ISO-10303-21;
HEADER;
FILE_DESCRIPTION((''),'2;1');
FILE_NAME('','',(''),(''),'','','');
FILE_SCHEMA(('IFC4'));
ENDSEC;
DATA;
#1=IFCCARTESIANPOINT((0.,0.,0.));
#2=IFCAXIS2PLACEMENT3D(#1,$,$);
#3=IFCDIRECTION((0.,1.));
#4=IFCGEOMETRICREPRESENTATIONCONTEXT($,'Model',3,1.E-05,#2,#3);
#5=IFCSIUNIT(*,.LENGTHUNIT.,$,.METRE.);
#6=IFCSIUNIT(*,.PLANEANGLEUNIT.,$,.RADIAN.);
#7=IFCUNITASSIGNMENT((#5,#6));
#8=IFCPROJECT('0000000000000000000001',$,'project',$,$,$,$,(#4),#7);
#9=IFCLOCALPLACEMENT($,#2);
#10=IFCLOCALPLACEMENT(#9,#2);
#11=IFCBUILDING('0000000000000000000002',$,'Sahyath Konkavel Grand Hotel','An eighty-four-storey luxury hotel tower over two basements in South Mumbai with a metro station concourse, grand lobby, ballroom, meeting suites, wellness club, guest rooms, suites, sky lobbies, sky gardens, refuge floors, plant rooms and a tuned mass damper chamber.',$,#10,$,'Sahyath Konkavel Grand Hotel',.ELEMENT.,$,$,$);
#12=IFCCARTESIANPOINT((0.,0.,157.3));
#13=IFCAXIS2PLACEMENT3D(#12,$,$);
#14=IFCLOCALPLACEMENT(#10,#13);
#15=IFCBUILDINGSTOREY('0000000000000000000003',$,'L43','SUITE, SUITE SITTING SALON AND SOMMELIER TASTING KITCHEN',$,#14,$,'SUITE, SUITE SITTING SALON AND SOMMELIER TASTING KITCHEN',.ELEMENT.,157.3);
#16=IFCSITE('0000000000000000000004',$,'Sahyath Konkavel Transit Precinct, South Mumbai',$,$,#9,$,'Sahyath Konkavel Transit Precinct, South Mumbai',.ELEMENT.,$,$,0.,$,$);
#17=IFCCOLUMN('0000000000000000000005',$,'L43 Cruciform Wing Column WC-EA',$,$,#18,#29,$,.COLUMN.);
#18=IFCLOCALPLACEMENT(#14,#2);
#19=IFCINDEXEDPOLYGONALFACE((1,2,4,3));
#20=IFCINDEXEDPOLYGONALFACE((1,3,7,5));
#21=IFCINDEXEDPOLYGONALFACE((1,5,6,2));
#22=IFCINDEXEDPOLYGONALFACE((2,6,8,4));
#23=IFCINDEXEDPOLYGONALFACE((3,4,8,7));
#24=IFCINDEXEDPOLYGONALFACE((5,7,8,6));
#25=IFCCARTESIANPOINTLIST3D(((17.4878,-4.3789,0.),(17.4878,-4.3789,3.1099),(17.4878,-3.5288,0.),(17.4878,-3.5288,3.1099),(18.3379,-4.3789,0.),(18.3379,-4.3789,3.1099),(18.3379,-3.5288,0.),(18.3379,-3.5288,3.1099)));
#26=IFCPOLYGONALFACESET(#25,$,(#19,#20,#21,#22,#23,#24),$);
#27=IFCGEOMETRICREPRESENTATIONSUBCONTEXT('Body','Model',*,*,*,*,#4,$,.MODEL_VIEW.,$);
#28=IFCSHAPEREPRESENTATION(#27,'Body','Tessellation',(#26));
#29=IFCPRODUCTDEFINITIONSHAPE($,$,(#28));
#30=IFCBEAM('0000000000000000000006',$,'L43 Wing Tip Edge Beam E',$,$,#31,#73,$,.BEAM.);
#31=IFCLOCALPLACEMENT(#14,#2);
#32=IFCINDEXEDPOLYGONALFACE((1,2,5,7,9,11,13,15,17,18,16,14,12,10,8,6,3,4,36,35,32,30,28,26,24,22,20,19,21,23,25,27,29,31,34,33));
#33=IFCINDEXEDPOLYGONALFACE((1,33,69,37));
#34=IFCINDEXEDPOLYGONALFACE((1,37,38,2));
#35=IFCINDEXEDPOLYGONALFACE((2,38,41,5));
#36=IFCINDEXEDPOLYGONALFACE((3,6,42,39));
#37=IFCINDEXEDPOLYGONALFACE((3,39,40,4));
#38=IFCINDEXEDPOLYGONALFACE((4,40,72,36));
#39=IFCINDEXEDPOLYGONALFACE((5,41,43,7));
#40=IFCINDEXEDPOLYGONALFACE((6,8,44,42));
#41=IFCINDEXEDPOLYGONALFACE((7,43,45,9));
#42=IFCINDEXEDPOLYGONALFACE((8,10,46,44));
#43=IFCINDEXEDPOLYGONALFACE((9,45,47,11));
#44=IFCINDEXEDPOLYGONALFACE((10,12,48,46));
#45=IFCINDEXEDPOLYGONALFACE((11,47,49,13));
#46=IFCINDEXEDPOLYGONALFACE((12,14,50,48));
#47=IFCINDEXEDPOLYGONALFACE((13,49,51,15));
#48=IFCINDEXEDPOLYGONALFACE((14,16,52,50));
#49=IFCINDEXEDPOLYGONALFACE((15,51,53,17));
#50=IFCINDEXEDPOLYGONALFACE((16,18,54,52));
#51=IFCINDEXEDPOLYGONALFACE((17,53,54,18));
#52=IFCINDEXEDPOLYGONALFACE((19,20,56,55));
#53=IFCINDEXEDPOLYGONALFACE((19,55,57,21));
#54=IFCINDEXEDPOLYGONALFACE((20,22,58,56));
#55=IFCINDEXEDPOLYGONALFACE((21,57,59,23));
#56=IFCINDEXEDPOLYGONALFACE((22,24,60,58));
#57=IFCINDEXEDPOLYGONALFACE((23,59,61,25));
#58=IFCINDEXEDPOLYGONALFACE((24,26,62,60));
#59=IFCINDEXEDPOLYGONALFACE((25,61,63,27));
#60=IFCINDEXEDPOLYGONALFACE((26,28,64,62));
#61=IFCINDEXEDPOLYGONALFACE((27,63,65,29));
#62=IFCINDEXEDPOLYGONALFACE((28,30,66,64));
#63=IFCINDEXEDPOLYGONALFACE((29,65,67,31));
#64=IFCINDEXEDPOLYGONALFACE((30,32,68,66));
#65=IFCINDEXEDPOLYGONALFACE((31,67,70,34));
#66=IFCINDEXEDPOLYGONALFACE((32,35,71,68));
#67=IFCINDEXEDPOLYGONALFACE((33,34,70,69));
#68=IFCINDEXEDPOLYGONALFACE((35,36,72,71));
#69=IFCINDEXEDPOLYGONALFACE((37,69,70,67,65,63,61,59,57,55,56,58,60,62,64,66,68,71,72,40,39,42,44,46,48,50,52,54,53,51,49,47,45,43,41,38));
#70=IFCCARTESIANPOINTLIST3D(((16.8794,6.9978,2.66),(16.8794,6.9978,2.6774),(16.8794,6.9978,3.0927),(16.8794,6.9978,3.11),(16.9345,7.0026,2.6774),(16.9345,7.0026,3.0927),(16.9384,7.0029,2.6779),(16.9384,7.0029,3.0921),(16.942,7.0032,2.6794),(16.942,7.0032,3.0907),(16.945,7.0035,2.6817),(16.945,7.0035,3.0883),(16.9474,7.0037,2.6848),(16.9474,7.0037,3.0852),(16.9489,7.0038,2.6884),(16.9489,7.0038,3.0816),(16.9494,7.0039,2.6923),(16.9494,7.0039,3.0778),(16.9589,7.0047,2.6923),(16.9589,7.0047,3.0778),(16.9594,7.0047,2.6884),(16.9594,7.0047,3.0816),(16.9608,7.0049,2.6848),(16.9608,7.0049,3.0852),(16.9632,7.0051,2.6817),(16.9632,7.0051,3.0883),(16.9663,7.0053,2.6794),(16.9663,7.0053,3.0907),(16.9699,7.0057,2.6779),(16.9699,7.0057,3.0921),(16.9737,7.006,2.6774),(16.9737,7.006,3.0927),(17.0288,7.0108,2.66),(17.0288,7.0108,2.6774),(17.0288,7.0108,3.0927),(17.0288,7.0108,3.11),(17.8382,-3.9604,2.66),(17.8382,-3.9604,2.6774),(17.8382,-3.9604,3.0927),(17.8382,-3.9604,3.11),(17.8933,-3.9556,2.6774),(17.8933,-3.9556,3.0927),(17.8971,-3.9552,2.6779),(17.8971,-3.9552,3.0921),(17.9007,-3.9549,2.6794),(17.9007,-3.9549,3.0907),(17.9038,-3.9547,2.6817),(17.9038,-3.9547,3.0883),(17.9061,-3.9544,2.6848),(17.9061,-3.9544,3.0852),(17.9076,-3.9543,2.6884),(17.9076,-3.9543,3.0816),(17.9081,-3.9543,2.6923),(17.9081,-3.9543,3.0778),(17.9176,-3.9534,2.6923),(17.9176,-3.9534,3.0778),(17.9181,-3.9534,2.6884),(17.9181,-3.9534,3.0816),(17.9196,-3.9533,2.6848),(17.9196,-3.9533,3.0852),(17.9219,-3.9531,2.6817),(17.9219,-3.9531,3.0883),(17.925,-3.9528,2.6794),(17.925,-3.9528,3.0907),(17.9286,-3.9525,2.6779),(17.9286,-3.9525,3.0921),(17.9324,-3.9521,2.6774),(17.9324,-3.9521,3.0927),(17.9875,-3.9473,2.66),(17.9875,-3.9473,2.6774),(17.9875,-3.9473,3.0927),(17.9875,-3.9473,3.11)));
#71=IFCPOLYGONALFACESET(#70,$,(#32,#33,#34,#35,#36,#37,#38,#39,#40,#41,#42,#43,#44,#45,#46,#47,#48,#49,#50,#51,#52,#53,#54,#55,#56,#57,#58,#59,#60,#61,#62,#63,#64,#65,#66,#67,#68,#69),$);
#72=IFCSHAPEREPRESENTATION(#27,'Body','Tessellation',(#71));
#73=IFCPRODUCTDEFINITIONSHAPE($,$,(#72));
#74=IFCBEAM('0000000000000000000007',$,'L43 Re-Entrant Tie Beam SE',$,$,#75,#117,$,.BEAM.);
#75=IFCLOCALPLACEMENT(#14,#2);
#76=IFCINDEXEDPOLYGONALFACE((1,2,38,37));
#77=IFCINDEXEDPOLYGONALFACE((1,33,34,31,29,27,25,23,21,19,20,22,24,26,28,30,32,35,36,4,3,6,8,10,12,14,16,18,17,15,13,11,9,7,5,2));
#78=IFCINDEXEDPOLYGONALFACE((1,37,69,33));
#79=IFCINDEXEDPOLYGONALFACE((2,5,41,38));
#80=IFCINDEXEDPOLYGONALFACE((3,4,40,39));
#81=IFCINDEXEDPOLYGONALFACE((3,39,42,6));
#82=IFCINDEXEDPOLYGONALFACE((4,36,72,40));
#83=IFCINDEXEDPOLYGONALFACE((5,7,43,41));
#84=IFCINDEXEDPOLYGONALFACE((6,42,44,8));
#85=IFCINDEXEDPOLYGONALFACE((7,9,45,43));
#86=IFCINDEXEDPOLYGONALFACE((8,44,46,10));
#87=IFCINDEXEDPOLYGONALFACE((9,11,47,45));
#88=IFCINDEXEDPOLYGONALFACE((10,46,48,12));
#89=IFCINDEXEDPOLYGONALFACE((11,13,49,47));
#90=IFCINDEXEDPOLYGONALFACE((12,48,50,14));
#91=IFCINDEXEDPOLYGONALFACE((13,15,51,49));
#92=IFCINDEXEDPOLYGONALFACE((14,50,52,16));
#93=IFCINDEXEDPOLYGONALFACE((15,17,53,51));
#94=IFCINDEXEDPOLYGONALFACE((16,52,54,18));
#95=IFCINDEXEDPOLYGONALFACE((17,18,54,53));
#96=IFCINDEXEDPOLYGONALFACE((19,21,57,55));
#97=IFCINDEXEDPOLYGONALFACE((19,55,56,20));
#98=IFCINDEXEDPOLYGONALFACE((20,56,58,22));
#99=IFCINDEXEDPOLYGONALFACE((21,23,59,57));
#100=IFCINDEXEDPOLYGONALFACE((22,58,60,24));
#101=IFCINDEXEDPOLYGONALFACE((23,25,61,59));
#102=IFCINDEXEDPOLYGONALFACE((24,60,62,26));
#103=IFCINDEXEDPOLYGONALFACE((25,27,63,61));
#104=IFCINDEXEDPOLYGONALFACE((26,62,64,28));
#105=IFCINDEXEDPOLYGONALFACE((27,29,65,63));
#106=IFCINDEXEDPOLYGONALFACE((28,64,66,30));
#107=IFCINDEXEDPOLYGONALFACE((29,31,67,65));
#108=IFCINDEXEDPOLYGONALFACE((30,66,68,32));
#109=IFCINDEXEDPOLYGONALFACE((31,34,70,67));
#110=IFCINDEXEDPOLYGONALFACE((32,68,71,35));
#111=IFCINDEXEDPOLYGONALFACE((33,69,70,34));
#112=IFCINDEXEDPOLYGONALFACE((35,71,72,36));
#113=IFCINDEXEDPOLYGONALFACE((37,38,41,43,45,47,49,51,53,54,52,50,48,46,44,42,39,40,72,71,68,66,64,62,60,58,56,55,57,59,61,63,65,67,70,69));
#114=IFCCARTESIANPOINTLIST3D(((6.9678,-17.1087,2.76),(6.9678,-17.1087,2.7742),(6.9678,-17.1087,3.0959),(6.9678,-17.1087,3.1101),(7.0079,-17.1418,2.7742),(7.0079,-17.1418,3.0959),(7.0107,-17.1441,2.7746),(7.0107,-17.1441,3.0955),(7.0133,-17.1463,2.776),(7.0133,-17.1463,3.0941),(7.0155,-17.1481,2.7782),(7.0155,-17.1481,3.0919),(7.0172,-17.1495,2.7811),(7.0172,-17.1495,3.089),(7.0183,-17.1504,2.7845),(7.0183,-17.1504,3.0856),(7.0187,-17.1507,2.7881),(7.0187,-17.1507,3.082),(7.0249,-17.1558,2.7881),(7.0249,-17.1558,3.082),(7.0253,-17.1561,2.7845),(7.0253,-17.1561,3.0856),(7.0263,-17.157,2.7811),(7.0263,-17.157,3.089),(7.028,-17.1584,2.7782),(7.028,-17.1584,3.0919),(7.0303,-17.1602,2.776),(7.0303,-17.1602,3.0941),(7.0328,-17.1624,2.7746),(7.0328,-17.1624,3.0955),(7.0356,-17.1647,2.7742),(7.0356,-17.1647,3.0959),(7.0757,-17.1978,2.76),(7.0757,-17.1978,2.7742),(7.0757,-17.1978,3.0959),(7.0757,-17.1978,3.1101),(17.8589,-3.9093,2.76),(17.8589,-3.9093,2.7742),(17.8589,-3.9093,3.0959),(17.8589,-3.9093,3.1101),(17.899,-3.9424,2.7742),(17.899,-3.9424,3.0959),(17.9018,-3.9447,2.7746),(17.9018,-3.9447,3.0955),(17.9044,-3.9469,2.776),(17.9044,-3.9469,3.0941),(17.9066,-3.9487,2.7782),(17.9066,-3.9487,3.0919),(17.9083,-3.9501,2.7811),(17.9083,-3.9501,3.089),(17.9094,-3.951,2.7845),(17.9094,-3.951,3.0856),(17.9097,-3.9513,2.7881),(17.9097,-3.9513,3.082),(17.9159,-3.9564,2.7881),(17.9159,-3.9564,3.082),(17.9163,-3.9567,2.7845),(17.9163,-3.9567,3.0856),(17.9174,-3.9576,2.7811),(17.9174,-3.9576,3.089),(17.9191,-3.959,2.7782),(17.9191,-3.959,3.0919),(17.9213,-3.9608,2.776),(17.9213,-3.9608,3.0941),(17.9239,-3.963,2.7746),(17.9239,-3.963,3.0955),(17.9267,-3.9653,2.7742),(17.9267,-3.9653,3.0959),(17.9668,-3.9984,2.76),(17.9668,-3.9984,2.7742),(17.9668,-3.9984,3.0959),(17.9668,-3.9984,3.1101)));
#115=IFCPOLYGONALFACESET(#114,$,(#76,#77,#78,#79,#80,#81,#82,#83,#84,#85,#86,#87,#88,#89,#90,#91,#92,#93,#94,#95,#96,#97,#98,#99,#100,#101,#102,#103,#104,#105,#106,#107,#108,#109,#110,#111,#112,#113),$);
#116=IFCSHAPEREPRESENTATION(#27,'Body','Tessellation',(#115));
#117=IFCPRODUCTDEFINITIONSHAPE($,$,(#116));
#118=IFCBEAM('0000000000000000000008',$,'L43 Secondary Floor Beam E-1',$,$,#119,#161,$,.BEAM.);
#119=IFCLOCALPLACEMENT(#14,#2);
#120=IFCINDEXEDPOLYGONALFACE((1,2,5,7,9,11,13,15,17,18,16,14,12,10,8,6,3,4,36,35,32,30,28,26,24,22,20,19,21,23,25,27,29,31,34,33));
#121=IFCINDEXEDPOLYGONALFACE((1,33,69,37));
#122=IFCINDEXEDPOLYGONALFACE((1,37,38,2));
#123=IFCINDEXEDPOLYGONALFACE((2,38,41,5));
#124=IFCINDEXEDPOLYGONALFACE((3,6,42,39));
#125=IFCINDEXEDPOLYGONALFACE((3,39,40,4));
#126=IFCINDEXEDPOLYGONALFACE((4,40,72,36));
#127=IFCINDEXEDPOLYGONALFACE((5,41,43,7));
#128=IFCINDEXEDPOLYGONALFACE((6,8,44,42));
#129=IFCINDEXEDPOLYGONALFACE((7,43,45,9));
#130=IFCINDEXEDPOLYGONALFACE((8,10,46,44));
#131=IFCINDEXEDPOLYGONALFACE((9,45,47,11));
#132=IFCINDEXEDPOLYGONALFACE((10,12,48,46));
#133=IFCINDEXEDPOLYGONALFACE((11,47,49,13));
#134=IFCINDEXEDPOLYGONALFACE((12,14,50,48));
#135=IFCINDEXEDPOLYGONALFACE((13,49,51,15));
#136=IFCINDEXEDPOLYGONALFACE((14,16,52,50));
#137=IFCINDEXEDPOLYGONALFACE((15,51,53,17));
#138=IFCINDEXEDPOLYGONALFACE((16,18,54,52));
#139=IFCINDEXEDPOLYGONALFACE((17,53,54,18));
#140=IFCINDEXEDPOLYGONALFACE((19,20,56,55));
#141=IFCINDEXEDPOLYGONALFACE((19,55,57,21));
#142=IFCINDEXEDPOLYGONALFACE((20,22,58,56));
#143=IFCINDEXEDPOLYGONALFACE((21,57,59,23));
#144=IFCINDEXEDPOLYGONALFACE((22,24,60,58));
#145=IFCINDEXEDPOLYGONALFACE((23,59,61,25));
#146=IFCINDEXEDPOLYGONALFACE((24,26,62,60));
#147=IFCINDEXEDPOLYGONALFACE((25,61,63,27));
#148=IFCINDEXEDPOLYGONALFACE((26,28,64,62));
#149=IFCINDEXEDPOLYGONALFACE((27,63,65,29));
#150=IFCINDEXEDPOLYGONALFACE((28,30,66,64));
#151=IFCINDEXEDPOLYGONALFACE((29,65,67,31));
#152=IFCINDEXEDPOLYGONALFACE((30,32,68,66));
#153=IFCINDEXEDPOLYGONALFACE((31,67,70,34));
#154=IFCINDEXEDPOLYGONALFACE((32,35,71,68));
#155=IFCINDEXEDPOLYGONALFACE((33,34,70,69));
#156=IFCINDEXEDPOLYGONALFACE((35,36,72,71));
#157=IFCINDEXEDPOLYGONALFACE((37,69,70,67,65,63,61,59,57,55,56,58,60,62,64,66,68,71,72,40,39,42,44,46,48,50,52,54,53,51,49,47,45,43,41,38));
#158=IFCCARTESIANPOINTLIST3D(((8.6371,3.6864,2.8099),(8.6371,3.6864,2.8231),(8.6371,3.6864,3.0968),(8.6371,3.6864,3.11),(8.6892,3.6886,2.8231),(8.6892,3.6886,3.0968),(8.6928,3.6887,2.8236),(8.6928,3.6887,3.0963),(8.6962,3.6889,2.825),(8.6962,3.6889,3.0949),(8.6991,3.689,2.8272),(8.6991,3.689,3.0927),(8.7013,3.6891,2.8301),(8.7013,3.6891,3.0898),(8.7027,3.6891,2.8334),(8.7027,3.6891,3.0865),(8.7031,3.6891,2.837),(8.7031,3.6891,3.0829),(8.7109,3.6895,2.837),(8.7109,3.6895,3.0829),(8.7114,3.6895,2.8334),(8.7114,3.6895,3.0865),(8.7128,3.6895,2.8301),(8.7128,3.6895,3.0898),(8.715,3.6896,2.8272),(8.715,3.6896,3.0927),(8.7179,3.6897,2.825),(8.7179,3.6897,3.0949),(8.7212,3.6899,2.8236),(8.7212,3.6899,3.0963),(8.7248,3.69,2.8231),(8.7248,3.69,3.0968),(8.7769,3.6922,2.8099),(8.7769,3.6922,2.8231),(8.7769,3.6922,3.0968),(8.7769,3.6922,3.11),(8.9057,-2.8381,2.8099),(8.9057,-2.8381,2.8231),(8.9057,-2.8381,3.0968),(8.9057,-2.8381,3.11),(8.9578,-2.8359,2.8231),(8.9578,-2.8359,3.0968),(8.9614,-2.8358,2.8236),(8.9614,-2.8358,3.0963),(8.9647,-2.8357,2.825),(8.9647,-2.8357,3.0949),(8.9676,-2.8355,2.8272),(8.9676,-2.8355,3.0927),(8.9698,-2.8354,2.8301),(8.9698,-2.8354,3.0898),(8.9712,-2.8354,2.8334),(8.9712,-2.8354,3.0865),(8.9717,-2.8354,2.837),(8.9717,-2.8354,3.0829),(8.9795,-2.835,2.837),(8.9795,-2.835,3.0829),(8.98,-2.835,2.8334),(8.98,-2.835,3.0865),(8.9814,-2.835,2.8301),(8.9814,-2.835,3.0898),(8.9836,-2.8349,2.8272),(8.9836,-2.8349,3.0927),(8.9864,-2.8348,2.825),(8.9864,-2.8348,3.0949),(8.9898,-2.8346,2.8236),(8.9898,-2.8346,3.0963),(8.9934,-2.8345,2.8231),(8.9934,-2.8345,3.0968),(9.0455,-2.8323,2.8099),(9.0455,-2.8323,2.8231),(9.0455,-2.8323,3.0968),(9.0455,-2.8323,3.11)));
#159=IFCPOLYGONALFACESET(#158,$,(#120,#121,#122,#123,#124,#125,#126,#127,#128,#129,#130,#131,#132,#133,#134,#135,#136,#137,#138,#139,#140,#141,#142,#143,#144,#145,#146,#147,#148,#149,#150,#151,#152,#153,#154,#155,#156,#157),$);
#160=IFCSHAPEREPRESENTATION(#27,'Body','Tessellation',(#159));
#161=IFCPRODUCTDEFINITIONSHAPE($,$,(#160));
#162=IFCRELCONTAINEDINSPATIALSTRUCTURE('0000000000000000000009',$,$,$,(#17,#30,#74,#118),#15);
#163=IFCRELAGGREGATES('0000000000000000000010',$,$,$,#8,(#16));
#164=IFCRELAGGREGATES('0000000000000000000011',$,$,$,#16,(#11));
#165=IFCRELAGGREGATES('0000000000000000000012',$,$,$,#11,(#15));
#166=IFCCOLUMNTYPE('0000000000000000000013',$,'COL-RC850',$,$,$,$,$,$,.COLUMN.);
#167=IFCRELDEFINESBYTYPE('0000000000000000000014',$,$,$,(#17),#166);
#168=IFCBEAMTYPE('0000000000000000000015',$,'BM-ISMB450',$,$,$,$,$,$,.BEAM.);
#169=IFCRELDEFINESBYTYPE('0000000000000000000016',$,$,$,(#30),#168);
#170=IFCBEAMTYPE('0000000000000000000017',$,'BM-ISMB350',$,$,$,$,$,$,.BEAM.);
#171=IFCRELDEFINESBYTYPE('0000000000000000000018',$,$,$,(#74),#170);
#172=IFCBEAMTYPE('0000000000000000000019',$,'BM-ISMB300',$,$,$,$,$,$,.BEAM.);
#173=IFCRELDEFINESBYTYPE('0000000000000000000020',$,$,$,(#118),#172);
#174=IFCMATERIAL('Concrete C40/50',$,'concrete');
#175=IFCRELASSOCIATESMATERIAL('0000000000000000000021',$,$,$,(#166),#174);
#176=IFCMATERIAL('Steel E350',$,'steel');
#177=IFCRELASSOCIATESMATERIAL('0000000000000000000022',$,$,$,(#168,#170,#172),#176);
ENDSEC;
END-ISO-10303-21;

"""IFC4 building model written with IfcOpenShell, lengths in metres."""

from ifc_helpers import new_model, si_unit, direction, frame, origin, origin_2d, place, context, subcontext, project, spatial, rectangle, i_section, extrude, source, transform, mapped, material, material_profile, profile_set, type_object, element, save


model = new_model("IFC4")

# Units and contexts
model_context = context("Model", 3, precision=1e-05, world=origin(), true_north=direction((0.0, 1.0)))
body_context = subcontext(model_context, "Body", "Model", "MODEL_VIEW")
ifc_project = project(units=[si_unit("LENGTHUNIT", "METRE"), si_unit("PLANEANGLEUNIT", "RADIAN")], contexts=[model_context])

# Site, building, storey
site_placement = place(None, origin())
site = spatial("IfcSite", under=ifc_project, at=site_placement, Name="Sahyath Konkavel Transit Precinct, South Mumbai", LongName="Sahyath Konkavel Transit Precinct, South Mumbai", CompositionType="ELEMENT", RefElevation=0.0)
building_placement = place(site_placement, origin())
building = spatial("IfcBuilding", under=site, at=building_placement, Name="Sahyath Konkavel Grand Hotel", Description="An eighty-four-storey luxury hotel tower over two basements in South Mumbai with a metro station concourse, grand lobby, ballroom, meeting suites, wellness club, guest rooms, suites, sky lobbies, sky gardens, refuge floors, plant rooms and a tuned mass damper chamber.", LongName="Sahyath Konkavel Grand Hotel", CompositionType="ELEMENT")
storey_placement = place(building_placement, frame((0.0, 0.0, 157.3)))
storey = spatial("IfcBuildingStorey", under=building, at=storey_placement, Name="L43", Description="SUITE, SUITE SITTING SALON AND SOMMELIER TASTING KITCHEN", LongName="SUITE, SUITE SITTING SALON AND SOMMELIER TASTING KITCHEN", CompositionType="ELEMENT", Elevation=157.3)

# Column
ifc_material_1 = material(Name="Concrete C40/50", Category="concrete")
ifc_material_profile_1 = material_profile(ifc_material_1, rectangle(XDim=0.8501, YDim=0.8501, at=origin_2d()), Name="RC 850x850")
ifc_profile_set_1 = profile_set([ifc_material_profile_1], Name="Concrete C40/50")
column_type = type_object("IfcColumnType", Name="COL-RC850", PredefinedType="COLUMN", material=ifc_profile_set_1)
shared_shape_1 = source(origin(), body_context, "Body", "SweptSolid", [
    extrude(rectangle(XDim=0.8501, YDim=0.8501, at=origin_2d()), origin(), (0.0, 0.0, 1.0), 3.1099),
])
column_placement = place(storey_placement, frame((17.9128, -3.9539, 0.0), z_axis=(0.0, 0.0, 1.0), x_axis=(1.0, 0.0, 0.0)))
element("IfcColumn", 1, at=column_placement, inside=storey, type_object=column_type, Name="L43 Cruciform Wing Column WC-EA", PredefinedType="COLUMN", context=body_context, shape_type="MappedRepresentation", body=[
    mapped(shared_shape_1, transform((0.0, 0.0, 0.0), scale=1.0)),
])

# Beams
ifc_material_2 = material(Name="Steel E350", Category="steel")
ifc_material_profile_2 = material_profile(ifc_material_2, i_section(OverallWidth=0.1499, OverallDepth=0.45, WebThickness=0.0095, FlangeThickness=0.0173, FilletRadius=0.0149, at=origin_2d()), Name="ISMB 450")
ifc_profile_set_2 = profile_set([ifc_material_profile_2], Name="Steel E350")
beam_type_1 = type_object("IfcBeamType", Name="BM-ISMB450", PredefinedType="BEAM", material=ifc_profile_set_2)
shared_shape_2 = source(origin(), body_context, "Body", "SweptSolid", [
    extrude(i_section(OverallWidth=0.1499, OverallDepth=0.45, WebThickness=0.0095, FlangeThickness=0.0173, FilletRadius=0.0149, at=origin_2d()), origin(), (0.0, 0.0, 1.0), 11.0),
])
beam_1_placement = place(storey_placement, frame((17.9128, -3.9539, 2.885), z_axis=(-0.087157, 0.996195, 0.0), x_axis=(-0.996195, -0.087157, 0.0)))
element("IfcBeam", 2, at=beam_1_placement, inside=storey, type_object=beam_type_1, Name="L43 Wing Tip Edge Beam E", PredefinedType="BEAM", context=body_context, shape_type="MappedRepresentation", body=[
    mapped(shared_shape_2, transform((0.0, 0.0, 0.0), scale=1.0)),
])
ifc_material_profile_3 = material_profile(ifc_material_2, i_section(OverallWidth=0.1399, OverallDepth=0.3501, WebThickness=0.0081, FlangeThickness=0.0142, FilletRadius=0.0139, at=origin_2d()), Name="ISMB 350")
ifc_profile_set_3 = profile_set([ifc_material_profile_3], Name="Steel E350")
beam_type_2 = type_object("IfcBeamType", Name="BM-ISMB350", PredefinedType="BEAM", material=ifc_profile_set_3)
shared_shape_3 = source(origin(), body_context, "Body", "SweptSolid", [
    extrude(i_section(OverallWidth=0.1399, OverallDepth=0.3501, WebThickness=0.0081, FlangeThickness=0.0142, FilletRadius=0.0139, at=origin_2d()), origin(), (0.0, 0.0, 1.0), 17.1125),
])
beam_2_placement = place(storey_placement, frame((17.9128, -3.9539, 2.9351), z_axis=(-0.636437, -0.771329, 0.0), x_axis=(0.771329, -0.636437, 0.0)))
element("IfcBeam", 3, at=beam_2_placement, inside=storey, type_object=beam_type_2, Name="L43 Re-Entrant Tie Beam SE", PredefinedType="BEAM", context=body_context, shape_type="MappedRepresentation", body=[
    mapped(shared_shape_3, transform((0.0, 0.0, 0.0), scale=1.0)),
])
ifc_material_profile_4 = material_profile(ifc_material_2, i_section(OverallWidth=0.1399, OverallDepth=0.3, WebThickness=0.0078, FlangeThickness=0.0132, FilletRadius=0.0139, at=origin_2d()), Name="ISMB 300")
ifc_profile_set_4 = profile_set([ifc_material_profile_4], Name="Steel E350")
beam_type_3 = type_object("IfcBeamType", Name="BM-ISMB300", PredefinedType="BEAM", material=ifc_profile_set_4)
shared_shape_4 = source(origin(), body_context, "Body", "SweptSolid", [
    extrude(i_section(OverallWidth=0.1399, OverallDepth=0.3, WebThickness=0.0078, FlangeThickness=0.0132, FilletRadius=0.0139, at=origin_2d()), origin(), (0.0, 0.0, 1.0), 6.53),
])
beam_3_placement = place(storey_placement, frame((8.9756, -2.8352, 2.96), z_axis=(-0.041127, 0.999154, 0.0), x_axis=(-0.999154, -0.041127, 0.0)))
element("IfcBeam", 4, at=beam_3_placement, inside=storey, type_object=beam_type_3, Name="L43 Secondary Floor Beam E-1", PredefinedType="BEAM", context=body_context, shape_type="MappedRepresentation", body=[
    mapped(shared_shape_4, transform((0.0, 0.0, 0.0), scale=1.0)),
])

save(model, "model.ifc")
